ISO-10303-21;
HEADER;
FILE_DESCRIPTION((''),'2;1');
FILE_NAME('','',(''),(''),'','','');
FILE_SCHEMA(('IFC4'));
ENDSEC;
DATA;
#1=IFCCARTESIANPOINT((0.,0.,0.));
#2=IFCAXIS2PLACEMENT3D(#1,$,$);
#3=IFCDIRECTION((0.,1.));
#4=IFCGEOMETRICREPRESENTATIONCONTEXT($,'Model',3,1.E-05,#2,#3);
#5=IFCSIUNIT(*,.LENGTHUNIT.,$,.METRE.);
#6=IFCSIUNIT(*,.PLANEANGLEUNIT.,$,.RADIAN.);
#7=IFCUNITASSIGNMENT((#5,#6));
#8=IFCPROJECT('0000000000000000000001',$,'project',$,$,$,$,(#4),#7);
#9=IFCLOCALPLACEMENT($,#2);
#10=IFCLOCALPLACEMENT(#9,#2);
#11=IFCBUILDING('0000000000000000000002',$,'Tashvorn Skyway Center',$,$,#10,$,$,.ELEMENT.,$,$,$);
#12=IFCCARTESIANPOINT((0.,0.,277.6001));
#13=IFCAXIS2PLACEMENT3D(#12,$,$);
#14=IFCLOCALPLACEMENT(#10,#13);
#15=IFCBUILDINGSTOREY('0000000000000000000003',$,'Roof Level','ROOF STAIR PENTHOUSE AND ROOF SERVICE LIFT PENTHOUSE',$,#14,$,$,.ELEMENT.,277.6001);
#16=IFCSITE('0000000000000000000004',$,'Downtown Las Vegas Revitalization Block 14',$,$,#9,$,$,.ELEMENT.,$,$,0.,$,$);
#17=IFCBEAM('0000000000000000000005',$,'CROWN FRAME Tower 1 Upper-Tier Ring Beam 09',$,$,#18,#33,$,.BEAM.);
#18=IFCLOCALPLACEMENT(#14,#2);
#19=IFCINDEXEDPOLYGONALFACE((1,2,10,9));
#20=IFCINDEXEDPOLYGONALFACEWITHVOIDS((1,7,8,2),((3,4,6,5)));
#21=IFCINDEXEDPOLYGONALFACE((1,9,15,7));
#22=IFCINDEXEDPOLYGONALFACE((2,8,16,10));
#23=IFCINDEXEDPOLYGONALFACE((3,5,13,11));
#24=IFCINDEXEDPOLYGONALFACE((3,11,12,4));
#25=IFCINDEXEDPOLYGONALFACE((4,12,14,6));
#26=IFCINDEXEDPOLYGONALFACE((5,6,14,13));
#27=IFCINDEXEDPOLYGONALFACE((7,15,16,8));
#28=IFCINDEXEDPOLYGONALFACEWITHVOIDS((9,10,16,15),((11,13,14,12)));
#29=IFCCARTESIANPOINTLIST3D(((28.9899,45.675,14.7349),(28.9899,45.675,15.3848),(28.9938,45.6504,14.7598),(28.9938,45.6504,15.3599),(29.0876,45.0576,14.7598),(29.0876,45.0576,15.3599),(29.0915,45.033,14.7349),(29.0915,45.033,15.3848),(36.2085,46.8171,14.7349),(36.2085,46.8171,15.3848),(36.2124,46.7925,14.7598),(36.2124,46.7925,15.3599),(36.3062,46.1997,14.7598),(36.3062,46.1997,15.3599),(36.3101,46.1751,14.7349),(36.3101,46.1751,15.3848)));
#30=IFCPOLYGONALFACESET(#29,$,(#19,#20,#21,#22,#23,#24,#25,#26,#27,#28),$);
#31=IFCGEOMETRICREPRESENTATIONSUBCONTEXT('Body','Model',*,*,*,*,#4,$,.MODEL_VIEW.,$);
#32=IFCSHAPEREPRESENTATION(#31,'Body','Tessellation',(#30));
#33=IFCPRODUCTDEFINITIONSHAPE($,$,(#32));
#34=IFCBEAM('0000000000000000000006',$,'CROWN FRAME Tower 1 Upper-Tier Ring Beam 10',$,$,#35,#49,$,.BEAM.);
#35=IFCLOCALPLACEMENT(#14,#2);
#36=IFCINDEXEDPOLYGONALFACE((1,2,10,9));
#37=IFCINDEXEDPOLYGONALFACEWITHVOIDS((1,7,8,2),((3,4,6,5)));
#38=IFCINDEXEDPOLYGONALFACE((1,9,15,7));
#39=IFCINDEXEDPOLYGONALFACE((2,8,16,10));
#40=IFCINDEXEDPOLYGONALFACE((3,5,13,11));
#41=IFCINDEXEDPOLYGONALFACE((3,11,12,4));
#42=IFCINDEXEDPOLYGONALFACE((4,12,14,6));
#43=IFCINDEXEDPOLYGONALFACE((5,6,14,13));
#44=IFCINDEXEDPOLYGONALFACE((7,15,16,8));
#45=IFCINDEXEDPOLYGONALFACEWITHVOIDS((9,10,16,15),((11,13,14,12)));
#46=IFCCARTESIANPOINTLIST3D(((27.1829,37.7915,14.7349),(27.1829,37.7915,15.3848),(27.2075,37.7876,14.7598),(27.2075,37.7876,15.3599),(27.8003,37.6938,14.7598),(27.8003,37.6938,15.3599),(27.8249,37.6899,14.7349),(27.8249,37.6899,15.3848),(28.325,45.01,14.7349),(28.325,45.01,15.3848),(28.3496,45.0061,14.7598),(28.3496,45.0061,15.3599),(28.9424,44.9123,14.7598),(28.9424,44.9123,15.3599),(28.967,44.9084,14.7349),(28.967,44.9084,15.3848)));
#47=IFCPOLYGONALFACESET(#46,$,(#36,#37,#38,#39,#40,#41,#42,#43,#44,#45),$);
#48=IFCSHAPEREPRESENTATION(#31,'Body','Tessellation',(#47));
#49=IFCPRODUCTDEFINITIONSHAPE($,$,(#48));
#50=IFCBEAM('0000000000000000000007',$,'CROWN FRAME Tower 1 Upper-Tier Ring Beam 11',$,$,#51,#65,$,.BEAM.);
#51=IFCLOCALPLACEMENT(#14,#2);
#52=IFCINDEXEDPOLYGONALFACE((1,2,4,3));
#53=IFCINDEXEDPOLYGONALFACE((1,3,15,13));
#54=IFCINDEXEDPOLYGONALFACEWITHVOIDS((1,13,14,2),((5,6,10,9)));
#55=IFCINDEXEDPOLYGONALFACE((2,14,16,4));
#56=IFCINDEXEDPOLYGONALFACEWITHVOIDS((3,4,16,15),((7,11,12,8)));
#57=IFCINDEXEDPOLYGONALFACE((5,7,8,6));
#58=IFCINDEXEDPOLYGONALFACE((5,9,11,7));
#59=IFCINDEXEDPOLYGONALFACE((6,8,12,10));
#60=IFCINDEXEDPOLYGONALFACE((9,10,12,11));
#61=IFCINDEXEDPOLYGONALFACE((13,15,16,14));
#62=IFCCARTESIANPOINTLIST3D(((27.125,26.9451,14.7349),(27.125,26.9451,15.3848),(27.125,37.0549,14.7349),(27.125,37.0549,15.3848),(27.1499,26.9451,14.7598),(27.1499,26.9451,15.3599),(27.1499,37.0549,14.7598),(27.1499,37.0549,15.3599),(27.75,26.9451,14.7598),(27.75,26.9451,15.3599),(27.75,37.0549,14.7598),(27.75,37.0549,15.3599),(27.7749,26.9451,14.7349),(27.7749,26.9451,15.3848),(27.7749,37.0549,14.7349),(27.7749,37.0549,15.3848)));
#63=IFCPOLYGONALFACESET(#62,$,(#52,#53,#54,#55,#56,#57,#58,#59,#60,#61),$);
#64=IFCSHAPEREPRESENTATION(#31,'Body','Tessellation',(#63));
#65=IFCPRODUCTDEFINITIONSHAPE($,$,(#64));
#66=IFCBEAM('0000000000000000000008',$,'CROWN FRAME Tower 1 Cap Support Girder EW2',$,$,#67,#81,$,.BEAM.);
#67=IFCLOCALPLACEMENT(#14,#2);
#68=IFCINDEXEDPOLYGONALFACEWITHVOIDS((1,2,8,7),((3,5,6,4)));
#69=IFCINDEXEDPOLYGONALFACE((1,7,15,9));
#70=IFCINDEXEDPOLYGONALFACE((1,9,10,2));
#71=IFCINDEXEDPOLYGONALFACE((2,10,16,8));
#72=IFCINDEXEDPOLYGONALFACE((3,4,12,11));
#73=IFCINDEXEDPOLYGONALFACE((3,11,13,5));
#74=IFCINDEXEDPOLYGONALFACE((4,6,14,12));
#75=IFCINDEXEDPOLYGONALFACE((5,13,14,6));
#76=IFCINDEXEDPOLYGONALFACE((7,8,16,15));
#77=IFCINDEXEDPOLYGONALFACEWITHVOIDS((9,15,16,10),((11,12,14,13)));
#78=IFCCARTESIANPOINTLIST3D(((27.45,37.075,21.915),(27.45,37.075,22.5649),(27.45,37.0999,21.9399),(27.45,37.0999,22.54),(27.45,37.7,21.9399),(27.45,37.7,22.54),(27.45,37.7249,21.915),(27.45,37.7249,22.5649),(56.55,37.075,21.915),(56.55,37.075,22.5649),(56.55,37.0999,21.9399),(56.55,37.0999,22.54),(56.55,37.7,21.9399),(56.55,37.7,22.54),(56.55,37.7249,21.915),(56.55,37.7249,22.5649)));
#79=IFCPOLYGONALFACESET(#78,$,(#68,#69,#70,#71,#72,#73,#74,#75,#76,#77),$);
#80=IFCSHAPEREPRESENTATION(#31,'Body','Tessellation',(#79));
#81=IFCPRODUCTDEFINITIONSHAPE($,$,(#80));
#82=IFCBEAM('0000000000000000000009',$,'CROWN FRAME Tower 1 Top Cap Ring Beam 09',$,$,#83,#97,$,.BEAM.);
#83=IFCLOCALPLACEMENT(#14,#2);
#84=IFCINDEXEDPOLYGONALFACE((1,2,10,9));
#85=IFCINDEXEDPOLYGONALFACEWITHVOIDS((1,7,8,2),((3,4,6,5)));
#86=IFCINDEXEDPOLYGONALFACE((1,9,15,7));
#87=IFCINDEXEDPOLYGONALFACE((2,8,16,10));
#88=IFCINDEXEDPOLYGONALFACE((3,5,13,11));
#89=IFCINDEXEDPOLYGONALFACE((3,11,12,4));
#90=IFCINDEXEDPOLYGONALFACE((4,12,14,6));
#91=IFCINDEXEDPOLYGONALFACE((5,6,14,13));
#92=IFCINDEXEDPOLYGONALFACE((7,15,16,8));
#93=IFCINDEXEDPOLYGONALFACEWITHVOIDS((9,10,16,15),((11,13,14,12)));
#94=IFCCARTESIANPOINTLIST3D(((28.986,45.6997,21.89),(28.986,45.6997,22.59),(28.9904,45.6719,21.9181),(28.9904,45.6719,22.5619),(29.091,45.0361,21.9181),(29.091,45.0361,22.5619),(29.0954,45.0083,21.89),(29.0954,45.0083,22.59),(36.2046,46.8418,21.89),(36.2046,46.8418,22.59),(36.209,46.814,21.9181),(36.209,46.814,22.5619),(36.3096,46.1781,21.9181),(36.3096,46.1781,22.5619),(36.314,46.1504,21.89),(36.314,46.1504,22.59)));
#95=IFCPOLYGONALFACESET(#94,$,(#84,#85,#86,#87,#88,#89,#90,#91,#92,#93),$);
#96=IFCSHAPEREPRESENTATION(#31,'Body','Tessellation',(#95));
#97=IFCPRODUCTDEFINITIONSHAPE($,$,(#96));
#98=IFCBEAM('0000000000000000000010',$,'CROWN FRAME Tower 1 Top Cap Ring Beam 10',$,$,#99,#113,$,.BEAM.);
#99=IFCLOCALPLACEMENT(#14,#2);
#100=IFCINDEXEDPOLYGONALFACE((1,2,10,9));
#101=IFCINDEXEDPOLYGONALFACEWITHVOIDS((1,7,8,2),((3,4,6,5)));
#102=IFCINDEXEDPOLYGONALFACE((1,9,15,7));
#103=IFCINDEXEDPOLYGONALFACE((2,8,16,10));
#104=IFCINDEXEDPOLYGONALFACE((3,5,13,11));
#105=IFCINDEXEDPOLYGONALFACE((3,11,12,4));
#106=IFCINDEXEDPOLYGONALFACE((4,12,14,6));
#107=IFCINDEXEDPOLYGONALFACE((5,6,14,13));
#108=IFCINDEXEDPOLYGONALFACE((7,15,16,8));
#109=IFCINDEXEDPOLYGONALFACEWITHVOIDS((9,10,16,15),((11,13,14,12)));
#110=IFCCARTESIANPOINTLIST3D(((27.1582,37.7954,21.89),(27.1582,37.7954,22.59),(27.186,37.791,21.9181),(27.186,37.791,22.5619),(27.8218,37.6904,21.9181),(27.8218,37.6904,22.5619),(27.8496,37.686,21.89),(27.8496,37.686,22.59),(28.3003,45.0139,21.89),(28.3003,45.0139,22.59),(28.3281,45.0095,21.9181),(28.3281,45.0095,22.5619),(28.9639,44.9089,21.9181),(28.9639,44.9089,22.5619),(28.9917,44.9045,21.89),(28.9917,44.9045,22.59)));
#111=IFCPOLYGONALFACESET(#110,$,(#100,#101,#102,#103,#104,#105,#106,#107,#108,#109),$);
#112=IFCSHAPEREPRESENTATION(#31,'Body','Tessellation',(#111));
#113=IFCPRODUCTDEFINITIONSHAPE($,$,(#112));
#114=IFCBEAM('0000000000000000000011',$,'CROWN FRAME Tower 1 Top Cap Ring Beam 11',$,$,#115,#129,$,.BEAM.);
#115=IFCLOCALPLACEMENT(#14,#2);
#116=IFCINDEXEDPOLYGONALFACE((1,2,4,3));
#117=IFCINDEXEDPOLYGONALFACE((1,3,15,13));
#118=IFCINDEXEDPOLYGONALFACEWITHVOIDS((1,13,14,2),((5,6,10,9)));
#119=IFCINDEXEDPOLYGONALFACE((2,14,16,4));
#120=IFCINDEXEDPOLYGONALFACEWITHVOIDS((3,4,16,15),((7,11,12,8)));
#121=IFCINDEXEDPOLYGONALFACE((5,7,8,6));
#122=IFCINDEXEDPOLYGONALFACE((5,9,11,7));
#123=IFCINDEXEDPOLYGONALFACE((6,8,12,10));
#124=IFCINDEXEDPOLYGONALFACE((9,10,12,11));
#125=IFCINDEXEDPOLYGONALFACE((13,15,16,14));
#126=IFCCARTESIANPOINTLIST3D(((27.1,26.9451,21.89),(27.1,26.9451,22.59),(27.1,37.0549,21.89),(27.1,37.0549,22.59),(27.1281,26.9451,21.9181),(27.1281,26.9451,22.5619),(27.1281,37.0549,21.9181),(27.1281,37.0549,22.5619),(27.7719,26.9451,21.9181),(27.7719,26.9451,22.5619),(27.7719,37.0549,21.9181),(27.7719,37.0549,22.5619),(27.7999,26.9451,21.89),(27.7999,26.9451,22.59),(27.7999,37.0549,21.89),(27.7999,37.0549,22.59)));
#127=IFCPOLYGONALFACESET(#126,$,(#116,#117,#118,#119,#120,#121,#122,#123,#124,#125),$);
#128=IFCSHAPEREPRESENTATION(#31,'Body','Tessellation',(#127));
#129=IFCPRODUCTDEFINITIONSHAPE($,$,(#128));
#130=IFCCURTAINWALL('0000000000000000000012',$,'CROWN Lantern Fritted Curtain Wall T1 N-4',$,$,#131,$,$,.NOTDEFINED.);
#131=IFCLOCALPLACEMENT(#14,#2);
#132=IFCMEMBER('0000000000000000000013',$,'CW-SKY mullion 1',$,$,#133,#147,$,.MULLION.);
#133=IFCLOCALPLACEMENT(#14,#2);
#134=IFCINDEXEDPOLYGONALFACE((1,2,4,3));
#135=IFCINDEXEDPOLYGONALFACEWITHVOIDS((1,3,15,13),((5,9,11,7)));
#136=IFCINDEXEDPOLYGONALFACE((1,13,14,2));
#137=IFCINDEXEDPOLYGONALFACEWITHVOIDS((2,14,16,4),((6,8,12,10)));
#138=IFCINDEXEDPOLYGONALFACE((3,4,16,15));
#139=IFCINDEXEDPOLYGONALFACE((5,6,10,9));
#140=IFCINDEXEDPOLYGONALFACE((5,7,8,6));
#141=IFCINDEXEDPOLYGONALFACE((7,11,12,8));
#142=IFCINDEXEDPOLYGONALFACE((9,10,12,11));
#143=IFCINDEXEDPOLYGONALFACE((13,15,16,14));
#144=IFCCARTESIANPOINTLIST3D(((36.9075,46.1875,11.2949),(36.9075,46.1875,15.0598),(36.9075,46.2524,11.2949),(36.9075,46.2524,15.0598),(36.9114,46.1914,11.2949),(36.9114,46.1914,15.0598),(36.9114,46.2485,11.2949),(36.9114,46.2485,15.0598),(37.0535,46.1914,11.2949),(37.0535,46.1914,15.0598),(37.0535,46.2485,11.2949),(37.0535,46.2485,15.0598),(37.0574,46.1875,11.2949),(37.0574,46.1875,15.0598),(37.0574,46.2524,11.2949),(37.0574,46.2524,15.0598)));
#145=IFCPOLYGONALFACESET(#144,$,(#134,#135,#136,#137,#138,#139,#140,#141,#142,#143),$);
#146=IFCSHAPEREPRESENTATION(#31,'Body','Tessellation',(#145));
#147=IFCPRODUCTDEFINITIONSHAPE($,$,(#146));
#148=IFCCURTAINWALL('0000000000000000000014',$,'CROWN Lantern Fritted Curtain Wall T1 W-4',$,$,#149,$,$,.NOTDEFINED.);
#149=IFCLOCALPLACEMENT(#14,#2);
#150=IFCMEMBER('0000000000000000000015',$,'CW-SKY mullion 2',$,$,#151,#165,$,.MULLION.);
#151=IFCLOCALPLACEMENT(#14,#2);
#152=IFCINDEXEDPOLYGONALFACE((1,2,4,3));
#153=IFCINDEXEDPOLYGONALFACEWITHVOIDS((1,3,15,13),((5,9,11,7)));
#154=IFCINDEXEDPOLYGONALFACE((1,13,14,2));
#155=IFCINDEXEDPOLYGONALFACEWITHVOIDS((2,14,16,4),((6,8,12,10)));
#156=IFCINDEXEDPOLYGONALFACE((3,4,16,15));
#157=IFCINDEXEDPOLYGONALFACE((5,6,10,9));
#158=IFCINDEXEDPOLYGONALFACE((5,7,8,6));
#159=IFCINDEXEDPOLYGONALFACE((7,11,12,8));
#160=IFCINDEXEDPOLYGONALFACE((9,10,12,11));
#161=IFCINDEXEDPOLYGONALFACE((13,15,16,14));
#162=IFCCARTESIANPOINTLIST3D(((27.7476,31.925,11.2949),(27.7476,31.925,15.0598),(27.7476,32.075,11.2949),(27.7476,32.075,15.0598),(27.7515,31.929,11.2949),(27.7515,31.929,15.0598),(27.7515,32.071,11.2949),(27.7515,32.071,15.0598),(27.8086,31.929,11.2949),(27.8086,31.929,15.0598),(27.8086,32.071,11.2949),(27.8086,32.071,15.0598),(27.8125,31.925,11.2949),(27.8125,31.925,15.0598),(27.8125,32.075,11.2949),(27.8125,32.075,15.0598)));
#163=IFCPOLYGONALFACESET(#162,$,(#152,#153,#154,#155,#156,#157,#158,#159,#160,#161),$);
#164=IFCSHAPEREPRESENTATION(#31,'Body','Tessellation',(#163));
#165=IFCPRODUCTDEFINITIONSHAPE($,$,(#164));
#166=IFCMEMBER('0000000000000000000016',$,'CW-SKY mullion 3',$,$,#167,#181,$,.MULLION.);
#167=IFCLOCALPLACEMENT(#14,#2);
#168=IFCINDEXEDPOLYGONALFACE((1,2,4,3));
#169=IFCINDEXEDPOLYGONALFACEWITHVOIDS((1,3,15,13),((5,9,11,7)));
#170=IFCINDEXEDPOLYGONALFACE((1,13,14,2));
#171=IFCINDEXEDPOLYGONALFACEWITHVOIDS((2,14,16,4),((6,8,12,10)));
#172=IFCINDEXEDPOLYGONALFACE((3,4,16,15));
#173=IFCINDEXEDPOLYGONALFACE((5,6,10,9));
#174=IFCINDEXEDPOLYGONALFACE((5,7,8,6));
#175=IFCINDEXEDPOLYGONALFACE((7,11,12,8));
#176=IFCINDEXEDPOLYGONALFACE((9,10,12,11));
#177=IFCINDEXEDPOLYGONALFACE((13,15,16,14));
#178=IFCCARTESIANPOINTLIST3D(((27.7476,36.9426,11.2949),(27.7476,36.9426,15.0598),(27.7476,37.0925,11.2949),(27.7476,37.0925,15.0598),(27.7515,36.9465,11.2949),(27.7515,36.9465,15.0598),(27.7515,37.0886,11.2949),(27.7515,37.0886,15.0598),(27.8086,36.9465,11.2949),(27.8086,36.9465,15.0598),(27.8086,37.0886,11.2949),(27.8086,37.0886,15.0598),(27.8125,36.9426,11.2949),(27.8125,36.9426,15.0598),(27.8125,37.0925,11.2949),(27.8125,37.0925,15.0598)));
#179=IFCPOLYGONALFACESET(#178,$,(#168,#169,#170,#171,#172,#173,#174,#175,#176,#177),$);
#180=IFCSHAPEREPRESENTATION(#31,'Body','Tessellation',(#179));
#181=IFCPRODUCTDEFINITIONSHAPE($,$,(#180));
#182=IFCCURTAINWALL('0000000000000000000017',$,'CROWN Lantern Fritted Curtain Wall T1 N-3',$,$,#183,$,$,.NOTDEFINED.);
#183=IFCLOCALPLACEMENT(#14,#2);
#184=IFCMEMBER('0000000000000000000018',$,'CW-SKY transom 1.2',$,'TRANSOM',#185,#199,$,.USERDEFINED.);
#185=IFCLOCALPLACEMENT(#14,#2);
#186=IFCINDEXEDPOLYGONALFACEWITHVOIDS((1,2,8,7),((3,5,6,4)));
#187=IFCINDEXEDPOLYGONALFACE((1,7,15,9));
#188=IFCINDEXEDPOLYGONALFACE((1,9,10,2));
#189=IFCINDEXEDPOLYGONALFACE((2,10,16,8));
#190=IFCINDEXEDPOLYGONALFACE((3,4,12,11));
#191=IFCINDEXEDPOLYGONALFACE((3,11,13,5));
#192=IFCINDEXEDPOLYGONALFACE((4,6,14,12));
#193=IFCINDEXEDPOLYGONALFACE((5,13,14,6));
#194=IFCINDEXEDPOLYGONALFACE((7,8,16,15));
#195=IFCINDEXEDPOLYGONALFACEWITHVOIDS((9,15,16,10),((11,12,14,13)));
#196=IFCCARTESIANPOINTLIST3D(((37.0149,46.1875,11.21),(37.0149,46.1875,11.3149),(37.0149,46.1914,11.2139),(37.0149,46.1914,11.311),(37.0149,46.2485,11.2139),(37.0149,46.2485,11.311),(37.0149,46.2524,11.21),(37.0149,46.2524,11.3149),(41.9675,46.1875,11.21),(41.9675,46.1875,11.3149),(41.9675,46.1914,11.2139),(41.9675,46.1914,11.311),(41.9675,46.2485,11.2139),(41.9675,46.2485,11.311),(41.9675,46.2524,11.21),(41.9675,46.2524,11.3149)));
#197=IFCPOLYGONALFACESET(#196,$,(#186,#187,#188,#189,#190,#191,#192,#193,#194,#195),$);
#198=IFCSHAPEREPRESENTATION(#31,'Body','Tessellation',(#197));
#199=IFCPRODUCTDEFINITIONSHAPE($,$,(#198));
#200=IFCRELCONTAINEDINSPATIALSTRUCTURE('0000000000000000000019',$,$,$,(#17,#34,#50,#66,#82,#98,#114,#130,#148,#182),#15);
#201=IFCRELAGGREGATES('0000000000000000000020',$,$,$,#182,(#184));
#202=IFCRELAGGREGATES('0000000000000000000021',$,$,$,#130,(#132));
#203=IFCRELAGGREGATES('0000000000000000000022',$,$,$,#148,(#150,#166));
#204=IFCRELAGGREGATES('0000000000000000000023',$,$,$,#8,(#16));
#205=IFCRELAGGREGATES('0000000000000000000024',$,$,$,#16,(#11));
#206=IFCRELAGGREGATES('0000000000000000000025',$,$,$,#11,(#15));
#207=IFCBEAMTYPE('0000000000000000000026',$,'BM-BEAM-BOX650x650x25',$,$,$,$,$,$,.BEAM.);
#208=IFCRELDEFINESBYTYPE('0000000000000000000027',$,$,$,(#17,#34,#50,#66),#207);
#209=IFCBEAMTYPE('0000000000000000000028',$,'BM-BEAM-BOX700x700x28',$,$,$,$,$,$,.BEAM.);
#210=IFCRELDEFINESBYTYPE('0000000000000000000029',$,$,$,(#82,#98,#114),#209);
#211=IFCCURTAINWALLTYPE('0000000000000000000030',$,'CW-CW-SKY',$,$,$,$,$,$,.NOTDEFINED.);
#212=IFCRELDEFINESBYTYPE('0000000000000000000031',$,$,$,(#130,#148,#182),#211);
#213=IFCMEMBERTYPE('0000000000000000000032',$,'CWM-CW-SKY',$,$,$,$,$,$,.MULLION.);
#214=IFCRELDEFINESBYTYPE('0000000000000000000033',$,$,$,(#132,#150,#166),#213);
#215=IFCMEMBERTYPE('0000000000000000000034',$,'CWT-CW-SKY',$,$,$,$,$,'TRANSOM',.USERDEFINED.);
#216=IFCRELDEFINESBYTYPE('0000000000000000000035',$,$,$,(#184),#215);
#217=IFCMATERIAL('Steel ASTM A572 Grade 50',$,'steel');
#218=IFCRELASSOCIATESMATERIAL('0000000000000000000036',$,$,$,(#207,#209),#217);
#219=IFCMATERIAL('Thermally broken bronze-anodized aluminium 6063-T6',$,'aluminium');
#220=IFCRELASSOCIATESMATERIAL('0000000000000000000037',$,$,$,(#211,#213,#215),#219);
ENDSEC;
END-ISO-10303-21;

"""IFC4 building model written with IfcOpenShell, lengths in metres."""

from ifc_helpers import new_model, si_unit, direction, frame, origin, origin_2d, place, context, subcontext, project, spatial, hollow_rectangle, extrude, material, material_profile, profile_set, type_object, element, aggregate, save


model = new_model("IFC4")

# Units and contexts
model_context = context("Model", 3, precision=1e-05, world=origin(), true_north=direction((0.0, 1.0)))
body_context = subcontext(model_context, "Body", "Model", "MODEL_VIEW")
ifc_project = project(units=[si_unit("LENGTHUNIT", "METRE"), si_unit("PLANEANGLEUNIT", "RADIAN")], contexts=[model_context])

# Site, building, storey
site_placement = place(None, origin())
site = spatial("IfcSite", under=ifc_project, at=site_placement, Name="Downtown Las Vegas Revitalization Block 14", CompositionType="ELEMENT", RefElevation=0.0)
building_placement = place(site_placement, origin())
building = spatial("IfcBuilding", under=site, at=building_placement, Name="Tashvorn Skyway Center", CompositionType="ELEMENT")
storey_placement = place(building_placement, frame((0.0, 0.0, 277.6001)))
storey = spatial("IfcBuildingStorey", under=building, at=storey_placement, Name="Roof Level", Description="ROOF STAIR PENTHOUSE AND ROOF SERVICE LIFT PENTHOUSE", CompositionType="ELEMENT", Elevation=277.6001)

# Beams
ifc_material_1 = material(Name="Steel ASTM A572 Grade 50", Category="steel")
ifc_material_profile_1 = material_profile(ifc_material_1, hollow_rectangle(XDim=0.6499, YDim=0.6499, WallThickness=0.0249, at=origin_2d()), Name="BOX650x650x25")
ifc_profile_set_1 = profile_set([ifc_material_profile_1], Name="Steel ASTM A572 Grade 50")
beam_type_1 = type_object("IfcBeamType", Name="BM-BEAM-BOX650x650x25", PredefinedType="BEAM", material=ifc_profile_set_1)
for number, where, z_axis, x_axis, name in (
    (1, (36.2593, 46.4961, 15.0598), (-0.987714, -0.156273, 0.0), (0.156273, -0.987714, 0.0), "CROWN FRAME Tower 1 Upper-Tier Ring Beam 09"),
    (2, (28.646, 44.9592, 15.0598), (-0.156273, -0.987714, 0.0), (0.987714, -0.156273, 0.0), "CROWN FRAME Tower 1 Upper-Tier Ring Beam 10"),
):
    element("IfcBeam", number, at=place(storey_placement, frame(where, z_axis=z_axis, x_axis=x_axis)), inside=storey, type_object=beam_type_1, Name=name, PredefinedType="BEAM", context=body_context, shape_type="SweptSolid", body=[
        extrude(hollow_rectangle(XDim=0.6499, YDim=0.6499, WallThickness=0.0249, at=origin_2d()), origin(), (0.0, 0.0, 1.0), 7.3083),
    ])
beam_1_placement = place(storey_placement, frame((27.45, 37.0549, 15.0598), z_axis=(0.0, -1.0, 0.0), x_axis=(1.0, 0.0, 0.0)))
element("IfcBeam", 3, at=beam_1_placement, inside=storey, type_object=beam_type_1, Name="CROWN FRAME Tower 1 Upper-Tier Ring Beam 11", PredefinedType="BEAM", context=body_context, shape_type="SweptSolid", body=[
    extrude(hollow_rectangle(XDim=0.6499, YDim=0.6499, WallThickness=0.0249, at=origin_2d()), origin(), (0.0, 0.0, 1.0), 10.1099),
])
beam_2_placement = place(storey_placement, frame((27.45, 37.3999, 22.24), z_axis=(1.0, 0.0, 0.0), x_axis=(0.0, 1.0, 0.0)))
element("IfcBeam", 4, at=beam_2_placement, inside=storey, type_object=beam_type_1, Name="CROWN FRAME Tower 1 Cap Support Girder EW2", PredefinedType="BEAM", context=body_context, shape_type="SweptSolid", body=[
    extrude(hollow_rectangle(XDim=0.6499, YDim=0.6499, WallThickness=0.0249, at=origin_2d()), origin(), (0.0, 0.0, 1.0), 29.1001),
])
ifc_material_profile_2 = material_profile(ifc_material_1, hollow_rectangle(XDim=0.7, YDim=0.7, WallThickness=0.0281, at=origin_2d()), Name="BOX700x700x28")
ifc_profile_set_2 = profile_set([ifc_material_profile_2], Name="Steel ASTM A572 Grade 50")
beam_type_2 = type_object("IfcBeamType", Name="BM-BEAM-BOX700x700x28", PredefinedType="BEAM", material=ifc_profile_set_2)
for number, where, z_axis, x_axis, name in (
    (5, (36.2593, 46.4961, 22.24), (-0.987714, -0.156273, 0.0), (0.156273, -0.987714, 0.0), "CROWN FRAME Tower 1 Top Cap Ring Beam 09"),
    (6, (28.646, 44.9592, 22.24), (-0.156273, -0.987714, 0.0), (0.987714, -0.156273, 0.0), "CROWN FRAME Tower 1 Top Cap Ring Beam 10"),
):
    element("IfcBeam", number, at=place(storey_placement, frame(where, z_axis=z_axis, x_axis=x_axis)), inside=storey, type_object=beam_type_2, Name=name, PredefinedType="BEAM", context=body_context, shape_type="SweptSolid", body=[
        extrude(hollow_rectangle(XDim=0.7, YDim=0.7, WallThickness=0.0281, at=origin_2d()), origin(), (0.0, 0.0, 1.0), 7.3083),
    ])
beam_3_placement = place(storey_placement, frame((27.45, 37.0549, 22.24), z_axis=(0.0, -1.0, 0.0), x_axis=(1.0, 0.0, 0.0)))
element("IfcBeam", 7, at=beam_3_placement, inside=storey, type_object=beam_type_2, Name="CROWN FRAME Tower 1 Top Cap Ring Beam 11", PredefinedType="BEAM", context=body_context, shape_type="SweptSolid", body=[
    extrude(hollow_rectangle(XDim=0.7, YDim=0.7, WallThickness=0.0281, at=origin_2d()), origin(), (0.0, 0.0, 1.0), 10.1099),
])

# Curtain wall, member
ifc_material_2 = material(Name="Thermally broken bronze-anodized aluminium 6063-T6", Category="aluminium")
curtain_wall_type = type_object("IfcCurtainWallType", Name="CW-CW-SKY", PredefinedType="NOTDEFINED", material=ifc_material_2)
curtain_wall_1_placement = place(storey_placement, origin())
curtain_wall_1 = element("IfcCurtainWall", 8, at=curtain_wall_1_placement, inside=storey, type_object=curtain_wall_type, Name="CROWN Lantern Fritted Curtain Wall T1 N-4", PredefinedType="NOTDEFINED")
ifc_material_profile_3 = material_profile(ifc_material_2, hollow_rectangle(XDim=0.0649, YDim=0.1499, WallThickness=0.0039, at=origin_2d()), Name="ALU-MULL-65x150")
ifc_profile_set_3 = profile_set([ifc_material_profile_3], Name="Thermally broken bronze-anodized aluminium 6063-T6")
member_type_1 = type_object("IfcMemberType", Name="CWM-CW-SKY", PredefinedType="MULLION", material=ifc_profile_set_3)
member_1_placement = place(storey_placement, frame((36.9824, 46.22, 11.2949), z_axis=(0.0, 0.0, 1.0), x_axis=(0.0, 1.0, 0.0)))
member_1 = element("IfcMember", 9, at=member_1_placement, type_object=member_type_1, Name="CW-SKY mullion 1", PredefinedType="MULLION", context=body_context, shape_type="SweptSolid", body=[
    extrude(hollow_rectangle(XDim=0.0649, YDim=0.1499, WallThickness=0.0039, at=origin_2d()), origin(), (0.0, 0.0, 1.0), 3.7649),
])

# Curtain wall, members
curtain_wall_2_placement = place(storey_placement, origin())
curtain_wall_2 = element("IfcCurtainWall", 10, at=curtain_wall_2_placement, inside=storey, type_object=curtain_wall_type, Name="CROWN Lantern Fritted Curtain Wall T1 W-4", PredefinedType="NOTDEFINED")
member_2_placement = place(storey_placement, frame((27.78, 32.0, 11.2949), z_axis=(0.0, 0.0, 1.0), x_axis=(-1.0, 0.0, 0.0)))
member_2 = element("IfcMember", 11, at=member_2_placement, type_object=member_type_1, Name="CW-SKY mullion 2", PredefinedType="MULLION", context=body_context, shape_type="SweptSolid", body=[
    extrude(hollow_rectangle(XDim=0.0649, YDim=0.1499, WallThickness=0.0039, at=origin_2d()), origin(), (0.0, 0.0, 1.0), 3.7649),
])
member_3_placement = place(storey_placement, frame((27.78, 37.0176, 11.2949), z_axis=(0.0, 0.0, 1.0), x_axis=(-1.0, 0.0, 0.0)))
member_3 = element("IfcMember", 12, at=member_3_placement, type_object=member_type_1, Name="CW-SKY mullion 3", PredefinedType="MULLION", context=body_context, shape_type="SweptSolid", body=[
    extrude(hollow_rectangle(XDim=0.0649, YDim=0.1499, WallThickness=0.0039, at=origin_2d()), origin(), (0.0, 0.0, 1.0), 3.7649),
])

# Curtain wall, member
curtain_wall_3_placement = place(storey_placement, origin())
curtain_wall_3 = element("IfcCurtainWall", 13, at=curtain_wall_3_placement, inside=storey, type_object=curtain_wall_type, Name="CROWN Lantern Fritted Curtain Wall T1 N-3", PredefinedType="NOTDEFINED")
ifc_material_profile_4 = material_profile(ifc_material_2, hollow_rectangle(XDim=0.0649, YDim=0.105, WallThickness=0.0039, at=origin_2d()), Name="ALU-TRAN-65x105")
ifc_profile_set_4 = profile_set([ifc_material_profile_4], Name="Thermally broken bronze-anodized aluminium 6063-T6")
member_type_2 = type_object("IfcMemberType", Name="CWT-CW-SKY", ElementType="TRANSOM", PredefinedType="USERDEFINED", material=ifc_profile_set_4)
member_4_placement = place(storey_placement, frame((37.0149, 46.22, 11.2625), z_axis=(1.0, 0.0, 0.0), x_axis=(0.0, 1.0, 0.0)))
member_4 = element("IfcMember", 14, at=member_4_placement, type_object=member_type_2, Name="CW-SKY transom 1.2", ObjectType="TRANSOM", PredefinedType="USERDEFINED", context=body_context, shape_type="SweptSolid", body=[
    extrude(hollow_rectangle(XDim=0.0649, YDim=0.105, WallThickness=0.0039, at=origin_2d()), origin(), (0.0, 0.0, 1.0), 4.9526),
])

aggregate(curtain_wall_3, [member_4])
aggregate(curtain_wall_1, [member_1])
aggregate(curtain_wall_2, [member_2, member_3])

save(model, "model.ifc")
